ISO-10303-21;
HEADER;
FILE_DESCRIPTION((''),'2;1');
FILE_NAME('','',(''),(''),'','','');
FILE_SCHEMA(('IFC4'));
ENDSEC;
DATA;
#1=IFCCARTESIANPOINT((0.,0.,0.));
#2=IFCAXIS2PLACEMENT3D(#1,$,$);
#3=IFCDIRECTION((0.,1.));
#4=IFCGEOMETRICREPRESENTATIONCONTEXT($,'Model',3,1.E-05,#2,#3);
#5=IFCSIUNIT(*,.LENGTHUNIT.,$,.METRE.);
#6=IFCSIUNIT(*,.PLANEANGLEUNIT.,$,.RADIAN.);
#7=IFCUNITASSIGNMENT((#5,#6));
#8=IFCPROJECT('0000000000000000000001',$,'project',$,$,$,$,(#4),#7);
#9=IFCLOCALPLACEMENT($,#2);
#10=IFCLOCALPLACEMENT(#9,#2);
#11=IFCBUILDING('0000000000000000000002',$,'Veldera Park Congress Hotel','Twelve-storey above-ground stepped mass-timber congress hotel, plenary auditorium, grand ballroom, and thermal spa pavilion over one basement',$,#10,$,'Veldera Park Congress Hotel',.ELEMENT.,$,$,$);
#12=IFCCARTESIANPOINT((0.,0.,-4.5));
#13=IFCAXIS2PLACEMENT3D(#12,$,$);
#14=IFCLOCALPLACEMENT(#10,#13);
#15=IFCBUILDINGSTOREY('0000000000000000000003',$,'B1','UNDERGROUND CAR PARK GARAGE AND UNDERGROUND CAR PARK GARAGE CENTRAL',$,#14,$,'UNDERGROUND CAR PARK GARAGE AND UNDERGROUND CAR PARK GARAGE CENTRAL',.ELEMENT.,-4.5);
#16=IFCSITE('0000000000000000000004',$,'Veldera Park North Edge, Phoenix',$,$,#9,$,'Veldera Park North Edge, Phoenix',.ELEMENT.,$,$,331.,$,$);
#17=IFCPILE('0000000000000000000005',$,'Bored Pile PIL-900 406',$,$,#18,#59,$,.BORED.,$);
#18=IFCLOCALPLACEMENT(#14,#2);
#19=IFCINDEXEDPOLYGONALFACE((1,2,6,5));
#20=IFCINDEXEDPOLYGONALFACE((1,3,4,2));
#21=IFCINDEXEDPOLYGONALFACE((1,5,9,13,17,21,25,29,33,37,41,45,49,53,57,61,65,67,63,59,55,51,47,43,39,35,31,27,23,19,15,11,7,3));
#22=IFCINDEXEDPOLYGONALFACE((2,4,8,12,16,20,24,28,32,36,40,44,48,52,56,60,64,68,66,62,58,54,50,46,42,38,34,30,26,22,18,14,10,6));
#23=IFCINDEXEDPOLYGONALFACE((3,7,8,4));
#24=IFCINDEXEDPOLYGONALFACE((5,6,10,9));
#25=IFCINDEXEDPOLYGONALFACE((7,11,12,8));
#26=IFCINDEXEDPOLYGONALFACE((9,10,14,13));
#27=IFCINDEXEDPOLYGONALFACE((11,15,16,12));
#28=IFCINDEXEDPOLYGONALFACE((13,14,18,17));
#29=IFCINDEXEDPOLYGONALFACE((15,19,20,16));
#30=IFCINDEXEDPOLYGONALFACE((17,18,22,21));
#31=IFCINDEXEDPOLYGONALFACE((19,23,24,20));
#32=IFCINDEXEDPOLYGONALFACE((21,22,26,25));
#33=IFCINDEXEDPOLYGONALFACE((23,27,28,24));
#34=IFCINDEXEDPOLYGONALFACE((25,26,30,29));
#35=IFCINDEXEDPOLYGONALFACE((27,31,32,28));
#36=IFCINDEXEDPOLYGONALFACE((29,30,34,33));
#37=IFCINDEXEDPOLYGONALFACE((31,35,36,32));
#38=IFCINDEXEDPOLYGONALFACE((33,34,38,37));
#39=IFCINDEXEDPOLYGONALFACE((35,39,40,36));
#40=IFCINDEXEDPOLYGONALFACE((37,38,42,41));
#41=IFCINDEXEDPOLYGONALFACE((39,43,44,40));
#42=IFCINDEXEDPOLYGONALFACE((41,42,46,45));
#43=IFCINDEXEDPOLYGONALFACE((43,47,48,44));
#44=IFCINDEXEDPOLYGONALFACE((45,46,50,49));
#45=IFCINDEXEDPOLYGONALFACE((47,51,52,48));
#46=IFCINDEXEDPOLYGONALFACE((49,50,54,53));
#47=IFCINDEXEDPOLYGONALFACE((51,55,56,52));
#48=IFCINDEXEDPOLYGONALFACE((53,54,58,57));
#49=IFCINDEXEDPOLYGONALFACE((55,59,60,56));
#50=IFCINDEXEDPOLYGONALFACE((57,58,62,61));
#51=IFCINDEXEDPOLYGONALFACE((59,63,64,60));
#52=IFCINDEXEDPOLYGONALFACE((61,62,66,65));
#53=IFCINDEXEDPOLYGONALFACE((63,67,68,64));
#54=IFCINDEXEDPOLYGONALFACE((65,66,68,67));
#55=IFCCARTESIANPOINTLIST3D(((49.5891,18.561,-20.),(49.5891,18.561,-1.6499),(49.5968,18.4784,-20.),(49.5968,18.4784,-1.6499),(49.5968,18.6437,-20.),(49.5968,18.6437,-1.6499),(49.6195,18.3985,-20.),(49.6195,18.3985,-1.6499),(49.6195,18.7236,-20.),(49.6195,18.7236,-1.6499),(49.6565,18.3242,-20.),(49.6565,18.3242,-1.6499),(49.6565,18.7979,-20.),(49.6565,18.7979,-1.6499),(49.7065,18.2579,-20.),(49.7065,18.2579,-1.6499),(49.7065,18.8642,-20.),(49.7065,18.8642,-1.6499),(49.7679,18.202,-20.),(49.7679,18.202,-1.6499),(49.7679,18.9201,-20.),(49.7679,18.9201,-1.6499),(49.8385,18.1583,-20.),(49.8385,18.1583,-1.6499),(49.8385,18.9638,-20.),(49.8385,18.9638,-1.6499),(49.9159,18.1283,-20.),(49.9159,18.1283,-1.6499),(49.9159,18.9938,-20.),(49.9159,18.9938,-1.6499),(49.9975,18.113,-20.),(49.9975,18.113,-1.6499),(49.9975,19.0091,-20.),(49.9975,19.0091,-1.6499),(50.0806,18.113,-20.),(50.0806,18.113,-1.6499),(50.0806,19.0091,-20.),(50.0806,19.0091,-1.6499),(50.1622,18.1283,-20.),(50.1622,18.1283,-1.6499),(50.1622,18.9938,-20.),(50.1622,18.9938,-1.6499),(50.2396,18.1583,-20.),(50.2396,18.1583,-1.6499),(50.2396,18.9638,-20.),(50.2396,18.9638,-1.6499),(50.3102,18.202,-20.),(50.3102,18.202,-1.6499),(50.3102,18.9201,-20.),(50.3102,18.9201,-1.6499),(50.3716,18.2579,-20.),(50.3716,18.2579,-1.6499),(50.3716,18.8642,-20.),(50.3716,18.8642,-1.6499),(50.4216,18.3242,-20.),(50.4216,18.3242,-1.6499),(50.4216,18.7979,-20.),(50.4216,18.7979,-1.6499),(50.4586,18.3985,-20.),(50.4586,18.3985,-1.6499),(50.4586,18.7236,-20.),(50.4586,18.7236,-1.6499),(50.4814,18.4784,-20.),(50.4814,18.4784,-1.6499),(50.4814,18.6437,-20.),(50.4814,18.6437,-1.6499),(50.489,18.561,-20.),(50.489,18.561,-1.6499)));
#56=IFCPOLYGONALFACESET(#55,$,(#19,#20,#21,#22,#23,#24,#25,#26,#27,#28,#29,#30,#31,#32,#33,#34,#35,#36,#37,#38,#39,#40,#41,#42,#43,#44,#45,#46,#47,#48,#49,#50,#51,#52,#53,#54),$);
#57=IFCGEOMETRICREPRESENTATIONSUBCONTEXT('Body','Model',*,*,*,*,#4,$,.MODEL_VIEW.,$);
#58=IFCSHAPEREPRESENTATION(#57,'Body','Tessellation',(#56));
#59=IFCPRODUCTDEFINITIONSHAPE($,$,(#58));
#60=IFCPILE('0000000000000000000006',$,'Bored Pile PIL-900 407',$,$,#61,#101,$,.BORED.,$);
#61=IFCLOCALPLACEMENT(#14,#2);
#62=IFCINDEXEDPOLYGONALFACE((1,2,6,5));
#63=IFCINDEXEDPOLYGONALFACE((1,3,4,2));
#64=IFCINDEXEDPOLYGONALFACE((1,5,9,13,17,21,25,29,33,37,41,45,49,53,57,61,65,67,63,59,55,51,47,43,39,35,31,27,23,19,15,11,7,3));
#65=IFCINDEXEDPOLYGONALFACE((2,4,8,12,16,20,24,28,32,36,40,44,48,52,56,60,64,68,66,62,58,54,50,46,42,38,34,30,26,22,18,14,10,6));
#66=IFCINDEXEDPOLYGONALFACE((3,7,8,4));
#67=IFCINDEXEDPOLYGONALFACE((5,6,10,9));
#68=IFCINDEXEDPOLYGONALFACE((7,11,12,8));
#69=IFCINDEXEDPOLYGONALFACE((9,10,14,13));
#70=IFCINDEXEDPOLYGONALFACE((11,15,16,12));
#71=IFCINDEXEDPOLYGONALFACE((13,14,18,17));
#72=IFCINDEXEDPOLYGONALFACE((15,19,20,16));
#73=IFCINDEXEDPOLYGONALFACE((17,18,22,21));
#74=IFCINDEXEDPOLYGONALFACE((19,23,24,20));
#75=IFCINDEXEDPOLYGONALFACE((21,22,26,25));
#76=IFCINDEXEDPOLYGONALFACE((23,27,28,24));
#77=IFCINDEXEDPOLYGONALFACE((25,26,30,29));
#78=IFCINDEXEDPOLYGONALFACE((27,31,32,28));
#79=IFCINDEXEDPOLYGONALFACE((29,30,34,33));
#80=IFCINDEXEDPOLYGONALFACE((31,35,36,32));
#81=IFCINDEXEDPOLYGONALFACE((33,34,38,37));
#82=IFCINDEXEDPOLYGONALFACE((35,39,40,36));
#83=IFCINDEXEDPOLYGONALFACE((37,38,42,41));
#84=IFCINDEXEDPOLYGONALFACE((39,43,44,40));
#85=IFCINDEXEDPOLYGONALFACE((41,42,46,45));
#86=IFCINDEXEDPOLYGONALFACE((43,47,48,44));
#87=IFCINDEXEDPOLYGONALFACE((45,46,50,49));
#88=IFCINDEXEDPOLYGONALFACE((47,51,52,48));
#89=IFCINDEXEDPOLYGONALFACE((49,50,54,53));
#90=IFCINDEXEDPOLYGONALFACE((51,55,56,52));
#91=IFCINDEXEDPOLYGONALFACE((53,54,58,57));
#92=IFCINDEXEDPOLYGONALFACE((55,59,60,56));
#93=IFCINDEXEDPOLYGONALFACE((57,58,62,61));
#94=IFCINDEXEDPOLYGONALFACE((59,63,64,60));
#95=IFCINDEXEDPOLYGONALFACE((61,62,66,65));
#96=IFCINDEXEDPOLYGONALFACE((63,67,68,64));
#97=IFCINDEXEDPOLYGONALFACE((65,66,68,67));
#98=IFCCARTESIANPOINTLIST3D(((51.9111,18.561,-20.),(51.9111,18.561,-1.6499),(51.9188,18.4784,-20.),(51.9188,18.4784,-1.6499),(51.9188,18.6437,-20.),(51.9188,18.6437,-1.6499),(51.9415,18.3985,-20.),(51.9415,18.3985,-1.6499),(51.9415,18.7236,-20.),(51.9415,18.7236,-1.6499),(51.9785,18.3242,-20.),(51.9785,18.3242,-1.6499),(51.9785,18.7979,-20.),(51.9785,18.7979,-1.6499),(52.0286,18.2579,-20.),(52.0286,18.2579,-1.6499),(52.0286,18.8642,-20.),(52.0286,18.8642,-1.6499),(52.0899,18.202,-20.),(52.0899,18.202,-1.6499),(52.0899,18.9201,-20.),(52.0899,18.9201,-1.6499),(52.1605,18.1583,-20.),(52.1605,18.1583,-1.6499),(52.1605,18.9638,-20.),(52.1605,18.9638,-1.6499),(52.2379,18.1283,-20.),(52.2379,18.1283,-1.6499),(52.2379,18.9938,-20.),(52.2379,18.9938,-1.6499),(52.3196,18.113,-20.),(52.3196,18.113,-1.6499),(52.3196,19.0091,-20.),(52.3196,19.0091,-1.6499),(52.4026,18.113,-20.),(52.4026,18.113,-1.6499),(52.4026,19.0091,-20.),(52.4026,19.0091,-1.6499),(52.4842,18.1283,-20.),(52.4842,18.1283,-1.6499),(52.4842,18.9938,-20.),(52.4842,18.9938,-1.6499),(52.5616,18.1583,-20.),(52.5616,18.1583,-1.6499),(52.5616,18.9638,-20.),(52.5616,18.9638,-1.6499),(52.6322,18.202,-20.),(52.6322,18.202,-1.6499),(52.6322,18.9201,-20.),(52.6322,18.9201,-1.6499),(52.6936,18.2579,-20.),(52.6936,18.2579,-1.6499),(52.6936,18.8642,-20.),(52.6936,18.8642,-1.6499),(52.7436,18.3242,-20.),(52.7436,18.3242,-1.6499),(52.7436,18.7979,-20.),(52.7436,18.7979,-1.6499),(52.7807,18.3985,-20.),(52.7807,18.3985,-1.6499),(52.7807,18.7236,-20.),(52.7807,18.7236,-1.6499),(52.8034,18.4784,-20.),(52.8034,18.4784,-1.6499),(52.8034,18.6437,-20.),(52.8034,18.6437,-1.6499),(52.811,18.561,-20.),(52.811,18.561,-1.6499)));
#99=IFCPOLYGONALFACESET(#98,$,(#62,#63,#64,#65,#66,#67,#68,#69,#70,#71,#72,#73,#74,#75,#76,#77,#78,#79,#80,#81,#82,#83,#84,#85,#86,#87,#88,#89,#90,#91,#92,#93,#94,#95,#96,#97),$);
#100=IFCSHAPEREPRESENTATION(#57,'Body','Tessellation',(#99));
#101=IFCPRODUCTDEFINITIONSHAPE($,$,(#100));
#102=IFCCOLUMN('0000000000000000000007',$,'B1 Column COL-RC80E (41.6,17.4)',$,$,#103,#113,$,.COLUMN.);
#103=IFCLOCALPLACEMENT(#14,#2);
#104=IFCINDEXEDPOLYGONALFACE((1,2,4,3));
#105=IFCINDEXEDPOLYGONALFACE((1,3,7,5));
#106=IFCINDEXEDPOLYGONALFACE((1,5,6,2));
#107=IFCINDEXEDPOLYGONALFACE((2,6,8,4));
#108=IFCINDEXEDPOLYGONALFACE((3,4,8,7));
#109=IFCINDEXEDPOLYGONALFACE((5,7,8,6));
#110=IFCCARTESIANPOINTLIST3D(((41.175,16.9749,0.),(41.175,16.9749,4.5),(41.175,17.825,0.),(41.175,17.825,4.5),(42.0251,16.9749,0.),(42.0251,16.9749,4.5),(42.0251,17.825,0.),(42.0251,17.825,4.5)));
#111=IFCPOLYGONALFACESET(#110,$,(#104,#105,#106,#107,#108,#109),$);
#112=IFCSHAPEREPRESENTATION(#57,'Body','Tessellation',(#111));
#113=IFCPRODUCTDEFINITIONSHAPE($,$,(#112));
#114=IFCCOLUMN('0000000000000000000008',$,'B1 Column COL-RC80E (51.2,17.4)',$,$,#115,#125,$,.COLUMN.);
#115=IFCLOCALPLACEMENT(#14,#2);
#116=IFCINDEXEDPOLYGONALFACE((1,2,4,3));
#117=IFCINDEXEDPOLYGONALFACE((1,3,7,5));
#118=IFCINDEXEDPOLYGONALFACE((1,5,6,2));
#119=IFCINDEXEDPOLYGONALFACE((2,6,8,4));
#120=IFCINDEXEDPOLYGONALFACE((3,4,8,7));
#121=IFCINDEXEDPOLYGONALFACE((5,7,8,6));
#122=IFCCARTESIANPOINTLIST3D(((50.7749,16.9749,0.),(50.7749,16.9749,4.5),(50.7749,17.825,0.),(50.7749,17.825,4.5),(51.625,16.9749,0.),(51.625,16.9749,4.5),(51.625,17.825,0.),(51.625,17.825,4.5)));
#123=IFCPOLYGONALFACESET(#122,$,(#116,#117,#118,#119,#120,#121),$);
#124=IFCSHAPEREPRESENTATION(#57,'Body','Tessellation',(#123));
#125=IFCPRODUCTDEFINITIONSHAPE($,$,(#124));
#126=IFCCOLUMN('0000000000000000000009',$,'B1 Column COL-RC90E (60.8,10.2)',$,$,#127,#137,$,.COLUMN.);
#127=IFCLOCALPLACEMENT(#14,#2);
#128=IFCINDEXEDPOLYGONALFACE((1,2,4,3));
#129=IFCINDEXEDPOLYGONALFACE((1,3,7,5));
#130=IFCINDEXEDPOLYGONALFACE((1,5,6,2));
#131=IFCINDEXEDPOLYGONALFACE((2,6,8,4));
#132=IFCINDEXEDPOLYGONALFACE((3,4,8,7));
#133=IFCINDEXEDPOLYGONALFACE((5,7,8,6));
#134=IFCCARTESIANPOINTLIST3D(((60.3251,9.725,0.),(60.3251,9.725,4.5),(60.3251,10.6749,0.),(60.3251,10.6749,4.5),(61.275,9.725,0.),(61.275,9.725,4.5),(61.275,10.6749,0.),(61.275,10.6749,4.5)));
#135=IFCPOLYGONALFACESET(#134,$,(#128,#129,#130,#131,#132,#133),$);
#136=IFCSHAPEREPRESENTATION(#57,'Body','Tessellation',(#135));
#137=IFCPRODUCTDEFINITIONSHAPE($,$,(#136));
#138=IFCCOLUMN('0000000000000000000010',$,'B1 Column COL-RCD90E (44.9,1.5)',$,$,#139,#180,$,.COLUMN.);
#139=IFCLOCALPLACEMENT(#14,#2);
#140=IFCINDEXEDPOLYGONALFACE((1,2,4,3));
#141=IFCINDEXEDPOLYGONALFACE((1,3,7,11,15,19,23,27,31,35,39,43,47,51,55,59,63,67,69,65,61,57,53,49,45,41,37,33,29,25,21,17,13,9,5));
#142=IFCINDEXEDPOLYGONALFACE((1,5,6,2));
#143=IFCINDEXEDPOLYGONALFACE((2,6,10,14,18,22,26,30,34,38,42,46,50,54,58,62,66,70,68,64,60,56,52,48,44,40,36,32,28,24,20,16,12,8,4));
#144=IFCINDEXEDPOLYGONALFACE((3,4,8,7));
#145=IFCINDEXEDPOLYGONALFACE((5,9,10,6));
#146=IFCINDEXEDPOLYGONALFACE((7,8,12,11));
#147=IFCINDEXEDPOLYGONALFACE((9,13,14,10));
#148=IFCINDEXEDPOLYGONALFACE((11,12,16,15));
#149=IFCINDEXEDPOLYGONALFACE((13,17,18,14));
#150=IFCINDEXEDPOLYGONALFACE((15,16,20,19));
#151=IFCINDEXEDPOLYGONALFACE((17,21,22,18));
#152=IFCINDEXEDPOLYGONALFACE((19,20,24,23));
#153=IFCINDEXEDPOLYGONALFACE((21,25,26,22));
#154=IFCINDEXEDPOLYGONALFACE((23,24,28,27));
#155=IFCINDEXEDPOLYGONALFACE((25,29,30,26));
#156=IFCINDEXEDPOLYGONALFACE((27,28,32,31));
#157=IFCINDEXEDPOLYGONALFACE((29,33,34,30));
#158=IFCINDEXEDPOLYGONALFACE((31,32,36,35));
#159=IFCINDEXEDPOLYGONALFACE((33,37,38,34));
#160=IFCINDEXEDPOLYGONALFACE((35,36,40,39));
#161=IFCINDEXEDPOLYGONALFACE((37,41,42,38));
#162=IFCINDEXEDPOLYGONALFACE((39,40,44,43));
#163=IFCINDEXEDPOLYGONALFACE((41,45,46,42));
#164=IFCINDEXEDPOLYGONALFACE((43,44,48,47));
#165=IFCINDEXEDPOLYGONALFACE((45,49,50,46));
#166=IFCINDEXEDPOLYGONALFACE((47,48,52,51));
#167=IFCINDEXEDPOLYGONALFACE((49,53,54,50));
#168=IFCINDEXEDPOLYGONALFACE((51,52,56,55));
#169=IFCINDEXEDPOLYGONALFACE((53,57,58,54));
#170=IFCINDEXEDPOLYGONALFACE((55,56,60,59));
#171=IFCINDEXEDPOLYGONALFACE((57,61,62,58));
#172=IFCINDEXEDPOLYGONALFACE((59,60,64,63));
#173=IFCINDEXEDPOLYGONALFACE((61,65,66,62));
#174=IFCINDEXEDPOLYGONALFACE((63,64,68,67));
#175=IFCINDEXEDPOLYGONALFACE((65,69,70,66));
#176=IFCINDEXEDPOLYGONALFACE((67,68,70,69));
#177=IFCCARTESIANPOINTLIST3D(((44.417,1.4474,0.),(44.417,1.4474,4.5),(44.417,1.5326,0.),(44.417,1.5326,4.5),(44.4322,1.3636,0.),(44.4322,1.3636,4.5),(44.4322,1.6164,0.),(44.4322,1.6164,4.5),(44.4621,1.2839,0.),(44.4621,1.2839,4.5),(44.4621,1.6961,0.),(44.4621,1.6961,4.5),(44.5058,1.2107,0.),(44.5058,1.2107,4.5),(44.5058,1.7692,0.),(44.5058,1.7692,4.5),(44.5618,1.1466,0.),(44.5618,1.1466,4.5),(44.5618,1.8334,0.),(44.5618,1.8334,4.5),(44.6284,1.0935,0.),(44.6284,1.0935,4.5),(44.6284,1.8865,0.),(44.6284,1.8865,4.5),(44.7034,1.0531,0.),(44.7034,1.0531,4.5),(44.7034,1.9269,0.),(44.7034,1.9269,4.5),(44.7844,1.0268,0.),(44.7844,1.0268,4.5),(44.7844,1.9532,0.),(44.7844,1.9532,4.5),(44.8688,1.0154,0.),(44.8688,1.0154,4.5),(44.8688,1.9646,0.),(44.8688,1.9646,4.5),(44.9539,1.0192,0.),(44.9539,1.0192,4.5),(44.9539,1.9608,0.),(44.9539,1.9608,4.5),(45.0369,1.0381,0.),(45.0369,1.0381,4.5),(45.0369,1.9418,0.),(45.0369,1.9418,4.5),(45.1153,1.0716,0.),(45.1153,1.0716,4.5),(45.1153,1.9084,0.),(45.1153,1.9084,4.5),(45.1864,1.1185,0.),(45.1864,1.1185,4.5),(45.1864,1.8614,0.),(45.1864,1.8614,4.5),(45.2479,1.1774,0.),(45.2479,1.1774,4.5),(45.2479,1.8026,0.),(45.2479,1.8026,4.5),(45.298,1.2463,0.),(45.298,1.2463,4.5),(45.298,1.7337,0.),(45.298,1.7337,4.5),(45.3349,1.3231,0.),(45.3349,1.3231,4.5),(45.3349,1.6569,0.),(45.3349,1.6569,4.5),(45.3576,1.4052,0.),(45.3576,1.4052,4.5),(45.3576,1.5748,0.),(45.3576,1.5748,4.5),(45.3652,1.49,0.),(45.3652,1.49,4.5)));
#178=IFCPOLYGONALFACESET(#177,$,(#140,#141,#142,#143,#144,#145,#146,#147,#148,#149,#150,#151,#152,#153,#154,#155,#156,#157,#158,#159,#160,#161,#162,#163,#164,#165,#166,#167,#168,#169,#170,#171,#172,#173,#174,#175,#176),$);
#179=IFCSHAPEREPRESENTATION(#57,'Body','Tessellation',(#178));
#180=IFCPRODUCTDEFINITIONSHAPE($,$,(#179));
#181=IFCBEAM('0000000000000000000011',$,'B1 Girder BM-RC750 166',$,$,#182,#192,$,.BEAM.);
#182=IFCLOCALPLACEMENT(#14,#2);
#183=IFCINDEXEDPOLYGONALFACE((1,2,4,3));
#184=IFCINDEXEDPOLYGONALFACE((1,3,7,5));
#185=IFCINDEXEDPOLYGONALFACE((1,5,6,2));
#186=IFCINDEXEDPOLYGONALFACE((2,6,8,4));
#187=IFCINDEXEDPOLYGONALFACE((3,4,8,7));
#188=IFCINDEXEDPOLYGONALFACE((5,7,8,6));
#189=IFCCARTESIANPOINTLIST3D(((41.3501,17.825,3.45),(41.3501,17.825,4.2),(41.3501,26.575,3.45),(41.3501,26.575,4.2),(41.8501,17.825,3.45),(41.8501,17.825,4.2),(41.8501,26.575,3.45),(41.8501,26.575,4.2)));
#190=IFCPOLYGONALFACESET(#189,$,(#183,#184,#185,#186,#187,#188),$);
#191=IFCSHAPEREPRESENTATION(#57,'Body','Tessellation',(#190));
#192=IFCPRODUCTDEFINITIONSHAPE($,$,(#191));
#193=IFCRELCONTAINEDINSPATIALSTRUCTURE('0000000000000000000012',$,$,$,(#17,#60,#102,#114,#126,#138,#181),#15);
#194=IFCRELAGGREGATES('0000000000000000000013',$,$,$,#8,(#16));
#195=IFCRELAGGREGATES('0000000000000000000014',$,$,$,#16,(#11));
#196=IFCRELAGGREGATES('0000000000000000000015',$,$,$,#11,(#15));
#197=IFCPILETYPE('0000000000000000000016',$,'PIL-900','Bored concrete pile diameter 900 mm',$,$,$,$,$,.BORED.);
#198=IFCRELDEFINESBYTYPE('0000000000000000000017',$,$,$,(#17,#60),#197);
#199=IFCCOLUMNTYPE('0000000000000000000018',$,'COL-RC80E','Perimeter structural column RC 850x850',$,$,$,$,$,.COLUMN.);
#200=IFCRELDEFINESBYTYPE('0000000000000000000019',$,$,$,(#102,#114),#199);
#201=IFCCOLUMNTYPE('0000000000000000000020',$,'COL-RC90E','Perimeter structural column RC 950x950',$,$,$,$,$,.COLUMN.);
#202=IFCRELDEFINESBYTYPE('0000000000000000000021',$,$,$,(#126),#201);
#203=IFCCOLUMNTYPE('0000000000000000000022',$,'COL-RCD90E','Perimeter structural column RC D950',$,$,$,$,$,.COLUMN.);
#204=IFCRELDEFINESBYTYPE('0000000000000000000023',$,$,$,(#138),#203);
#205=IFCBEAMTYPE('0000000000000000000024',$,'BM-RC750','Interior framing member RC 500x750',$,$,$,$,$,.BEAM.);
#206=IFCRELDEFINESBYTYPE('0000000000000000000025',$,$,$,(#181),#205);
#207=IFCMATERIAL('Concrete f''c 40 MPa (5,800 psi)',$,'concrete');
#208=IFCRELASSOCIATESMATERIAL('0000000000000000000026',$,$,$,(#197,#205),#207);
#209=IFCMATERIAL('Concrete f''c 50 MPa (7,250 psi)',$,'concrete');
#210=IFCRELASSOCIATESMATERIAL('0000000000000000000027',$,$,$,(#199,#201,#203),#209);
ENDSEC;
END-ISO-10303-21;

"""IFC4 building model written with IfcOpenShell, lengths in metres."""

from ifc_helpers import new_model, si_unit, direction, frame, origin, origin_2d, place, context, subcontext, project, spatial, rectangle, circle, extrude, material, material_profile, profile_set, type_object, element, save


model = new_model("IFC4")

# Units and contexts
model_context = context("Model", 3, precision=1e-05, world=origin(), true_north=direction((0.0, 1.0)))
body_context = subcontext(model_context, "Body", "Model", "MODEL_VIEW")
ifc_project = project(units=[si_unit("LENGTHUNIT", "METRE"), si_unit("PLANEANGLEUNIT", "RADIAN")], contexts=[model_context])

# Site, building, storey
site_placement = place(None, origin())
site = spatial("IfcSite", under=ifc_project, at=site_placement, Name="Veldera Park North Edge, Phoenix", LongName="Veldera Park North Edge, Phoenix", CompositionType="ELEMENT", RefElevation=331.0)
building_placement = place(site_placement, origin())
building = spatial("IfcBuilding", under=site, at=building_placement, Name="Veldera Park Congress Hotel", Description="Twelve-storey above-ground stepped mass-timber congress hotel, plenary auditorium, grand ballroom, and thermal spa pavilion over one basement", LongName="Veldera Park Congress Hotel", CompositionType="ELEMENT")
storey_placement = place(building_placement, frame((0.0, 0.0, -4.5)))
storey = spatial("IfcBuildingStorey", under=building, at=storey_placement, Name="B1", Description="UNDERGROUND CAR PARK GARAGE AND UNDERGROUND CAR PARK GARAGE CENTRAL", LongName="UNDERGROUND CAR PARK GARAGE AND UNDERGROUND CAR PARK GARAGE CENTRAL", CompositionType="ELEMENT", Elevation=-4.5)

# Shared definitions
ifc_material_1 = material(Name="Concrete f'c 40 MPa (5,800 psi)", Category="concrete")

# Piles
ifc_material_profile_1 = material_profile(ifc_material_1, circle(Radius=0.45, at=origin_2d()), Name="PILE D900")
ifc_profile_set_1 = profile_set([ifc_material_profile_1], Name="Concrete f'c 40 MPa (5,800 psi)")
pile_type_1 = type_object("IfcPileType", Name="PIL-900", Description="Bored concrete pile diameter 900 mm", PredefinedType="BORED", material=ifc_profile_set_1)
for number, where, z_axis, x_axis, name in (
    (1, (50.0391, 18.561, -1.6499), (0.0, 0.0, -1.0), (1.0, 0.0, 0.0), "Bored Pile PIL-900 406"),
    (2, (52.3611, 18.561, -1.6499), (0.0, 0.0, -1.0), (1.0, 0.0, 0.0), "Bored Pile PIL-900 407"),
):
    element("IfcPile", number, at=place(storey_placement, frame(where, z_axis=z_axis, x_axis=x_axis)), inside=storey, type_object=pile_type_1, Name=name, PredefinedType="BORED", context=body_context, shape_type="SweptSolid", body=[
        extrude(circle(Radius=0.45, at=origin_2d()), origin(), (0.0, 0.0, 1.0), 18.3501),
    ])

# Columns
ifc_material_2 = material(Name="Concrete f'c 50 MPa (7,250 psi)", Category="concrete")
ifc_material_profile_2 = material_profile(ifc_material_2, rectangle(XDim=0.8501, YDim=0.8501, at=origin_2d()), Name="RC 850x850")
ifc_profile_set_2 = profile_set([ifc_material_profile_2], Name="Concrete f'c 50 MPa (7,250 psi)")
column_type_1 = type_object("IfcColumnType", Name="COL-RC80E", Description="Perimeter structural column RC 850x850", PredefinedType="COLUMN", material=ifc_profile_set_2)
for number, where, z_axis, x_axis, name in (
    (3, (41.6001, 17.3999, 0.0), (0.0, 0.0, 1.0), (1.0, 0.0, 0.0), "B1 Column COL-RC80E (41.6,17.4)"),
    (4, (51.2, 17.3999, 0.0), (0.0, 0.0, 1.0), (1.0, 0.0, 0.0), "B1 Column COL-RC80E (51.2,17.4)"),
):
    element("IfcColumn", number, at=place(storey_placement, frame(where, z_axis=z_axis, x_axis=x_axis)), inside=storey, type_object=column_type_1, Name=name, PredefinedType="COLUMN", context=body_context, shape_type="SweptSolid", body=[
        extrude(rectangle(XDim=0.8501, YDim=0.8501, at=origin_2d()), origin(), (0.0, 0.0, 1.0), 4.5),
    ])
ifc_material_profile_3 = material_profile(ifc_material_2, rectangle(XDim=0.95, YDim=0.95, at=origin_2d()), Name="RC 950x950")
ifc_profile_set_3 = profile_set([ifc_material_profile_3], Name="Concrete f'c 50 MPa (7,250 psi)")
column_type_2 = type_object("IfcColumnType", Name="COL-RC90E", Description="Perimeter structural column RC 950x950", PredefinedType="COLUMN", material=ifc_profile_set_3)
column_1_placement = place(storey_placement, frame((60.8, 10.2, 0.0), z_axis=(0.0, 0.0, 1.0), x_axis=(1.0, 0.0, 0.0)))
element("IfcColumn", 5, at=column_1_placement, inside=storey, type_object=column_type_2, Name="B1 Column COL-RC90E (60.8,10.2)", PredefinedType="COLUMN", context=body_context, shape_type="SweptSolid", body=[
    extrude(rectangle(XDim=0.95, YDim=0.95, at=origin_2d()), origin(), (0.0, 0.0, 1.0), 4.5),
])
ifc_material_profile_4 = material_profile(ifc_material_2, circle(Radius=0.4751, at=origin_2d()), Name="RC D950")
ifc_profile_set_4 = profile_set([ifc_material_profile_4], Name="Concrete f'c 50 MPa (7,250 psi)")
column_type_3 = type_object("IfcColumnType", Name="COL-RCD90E", Description="Perimeter structural column RC D950", PredefinedType="COLUMN", material=ifc_profile_set_4)
column_2_placement = place(storey_placement, frame((44.8901, 1.49, 0.0), z_axis=(0.0, 0.0, 1.0), x_axis=(1.0, 0.0, 0.0)))
element("IfcColumn", 6, at=column_2_placement, inside=storey, type_object=column_type_3, Name="B1 Column COL-RCD90E (44.9,1.5)", PredefinedType="COLUMN", context=body_context, shape_type="SweptSolid", body=[
    extrude(circle(Radius=0.4751, at=origin_2d()), origin(), (0.0, 0.0, 1.0), 4.5),
])

# Beam
ifc_material_profile_5 = material_profile(ifc_material_1, rectangle(XDim=0.5, YDim=0.75, at=origin_2d()), Name="RC 500x750")
ifc_profile_set_5 = profile_set([ifc_material_profile_5], Name="Concrete f'c 40 MPa (5,800 psi)")
beam_type_1 = type_object("IfcBeamType", Name="BM-RC750", Description="Interior framing member RC 500x750", PredefinedType="BEAM", material=ifc_profile_set_5)
for number, where, z_axis, x_axis, name in (
    (7, (41.6001, 17.825, 3.825), (0.0, 1.0, 0.0), (-1.0, 0.0, 0.0), "B1 Girder BM-RC750 166"),
):
    element("IfcBeam", number, at=place(storey_placement, frame(where, z_axis=z_axis, x_axis=x_axis)), inside=storey, type_object=beam_type_1, Name=name, PredefinedType="BEAM", context=body_context, shape_type="SweptSolid", body=[
        extrude(rectangle(XDim=0.5, YDim=0.75, at=origin_2d()), origin(), (0.0, 0.0, 1.0), 8.75),
    ])

save(model, "model.ifc")
